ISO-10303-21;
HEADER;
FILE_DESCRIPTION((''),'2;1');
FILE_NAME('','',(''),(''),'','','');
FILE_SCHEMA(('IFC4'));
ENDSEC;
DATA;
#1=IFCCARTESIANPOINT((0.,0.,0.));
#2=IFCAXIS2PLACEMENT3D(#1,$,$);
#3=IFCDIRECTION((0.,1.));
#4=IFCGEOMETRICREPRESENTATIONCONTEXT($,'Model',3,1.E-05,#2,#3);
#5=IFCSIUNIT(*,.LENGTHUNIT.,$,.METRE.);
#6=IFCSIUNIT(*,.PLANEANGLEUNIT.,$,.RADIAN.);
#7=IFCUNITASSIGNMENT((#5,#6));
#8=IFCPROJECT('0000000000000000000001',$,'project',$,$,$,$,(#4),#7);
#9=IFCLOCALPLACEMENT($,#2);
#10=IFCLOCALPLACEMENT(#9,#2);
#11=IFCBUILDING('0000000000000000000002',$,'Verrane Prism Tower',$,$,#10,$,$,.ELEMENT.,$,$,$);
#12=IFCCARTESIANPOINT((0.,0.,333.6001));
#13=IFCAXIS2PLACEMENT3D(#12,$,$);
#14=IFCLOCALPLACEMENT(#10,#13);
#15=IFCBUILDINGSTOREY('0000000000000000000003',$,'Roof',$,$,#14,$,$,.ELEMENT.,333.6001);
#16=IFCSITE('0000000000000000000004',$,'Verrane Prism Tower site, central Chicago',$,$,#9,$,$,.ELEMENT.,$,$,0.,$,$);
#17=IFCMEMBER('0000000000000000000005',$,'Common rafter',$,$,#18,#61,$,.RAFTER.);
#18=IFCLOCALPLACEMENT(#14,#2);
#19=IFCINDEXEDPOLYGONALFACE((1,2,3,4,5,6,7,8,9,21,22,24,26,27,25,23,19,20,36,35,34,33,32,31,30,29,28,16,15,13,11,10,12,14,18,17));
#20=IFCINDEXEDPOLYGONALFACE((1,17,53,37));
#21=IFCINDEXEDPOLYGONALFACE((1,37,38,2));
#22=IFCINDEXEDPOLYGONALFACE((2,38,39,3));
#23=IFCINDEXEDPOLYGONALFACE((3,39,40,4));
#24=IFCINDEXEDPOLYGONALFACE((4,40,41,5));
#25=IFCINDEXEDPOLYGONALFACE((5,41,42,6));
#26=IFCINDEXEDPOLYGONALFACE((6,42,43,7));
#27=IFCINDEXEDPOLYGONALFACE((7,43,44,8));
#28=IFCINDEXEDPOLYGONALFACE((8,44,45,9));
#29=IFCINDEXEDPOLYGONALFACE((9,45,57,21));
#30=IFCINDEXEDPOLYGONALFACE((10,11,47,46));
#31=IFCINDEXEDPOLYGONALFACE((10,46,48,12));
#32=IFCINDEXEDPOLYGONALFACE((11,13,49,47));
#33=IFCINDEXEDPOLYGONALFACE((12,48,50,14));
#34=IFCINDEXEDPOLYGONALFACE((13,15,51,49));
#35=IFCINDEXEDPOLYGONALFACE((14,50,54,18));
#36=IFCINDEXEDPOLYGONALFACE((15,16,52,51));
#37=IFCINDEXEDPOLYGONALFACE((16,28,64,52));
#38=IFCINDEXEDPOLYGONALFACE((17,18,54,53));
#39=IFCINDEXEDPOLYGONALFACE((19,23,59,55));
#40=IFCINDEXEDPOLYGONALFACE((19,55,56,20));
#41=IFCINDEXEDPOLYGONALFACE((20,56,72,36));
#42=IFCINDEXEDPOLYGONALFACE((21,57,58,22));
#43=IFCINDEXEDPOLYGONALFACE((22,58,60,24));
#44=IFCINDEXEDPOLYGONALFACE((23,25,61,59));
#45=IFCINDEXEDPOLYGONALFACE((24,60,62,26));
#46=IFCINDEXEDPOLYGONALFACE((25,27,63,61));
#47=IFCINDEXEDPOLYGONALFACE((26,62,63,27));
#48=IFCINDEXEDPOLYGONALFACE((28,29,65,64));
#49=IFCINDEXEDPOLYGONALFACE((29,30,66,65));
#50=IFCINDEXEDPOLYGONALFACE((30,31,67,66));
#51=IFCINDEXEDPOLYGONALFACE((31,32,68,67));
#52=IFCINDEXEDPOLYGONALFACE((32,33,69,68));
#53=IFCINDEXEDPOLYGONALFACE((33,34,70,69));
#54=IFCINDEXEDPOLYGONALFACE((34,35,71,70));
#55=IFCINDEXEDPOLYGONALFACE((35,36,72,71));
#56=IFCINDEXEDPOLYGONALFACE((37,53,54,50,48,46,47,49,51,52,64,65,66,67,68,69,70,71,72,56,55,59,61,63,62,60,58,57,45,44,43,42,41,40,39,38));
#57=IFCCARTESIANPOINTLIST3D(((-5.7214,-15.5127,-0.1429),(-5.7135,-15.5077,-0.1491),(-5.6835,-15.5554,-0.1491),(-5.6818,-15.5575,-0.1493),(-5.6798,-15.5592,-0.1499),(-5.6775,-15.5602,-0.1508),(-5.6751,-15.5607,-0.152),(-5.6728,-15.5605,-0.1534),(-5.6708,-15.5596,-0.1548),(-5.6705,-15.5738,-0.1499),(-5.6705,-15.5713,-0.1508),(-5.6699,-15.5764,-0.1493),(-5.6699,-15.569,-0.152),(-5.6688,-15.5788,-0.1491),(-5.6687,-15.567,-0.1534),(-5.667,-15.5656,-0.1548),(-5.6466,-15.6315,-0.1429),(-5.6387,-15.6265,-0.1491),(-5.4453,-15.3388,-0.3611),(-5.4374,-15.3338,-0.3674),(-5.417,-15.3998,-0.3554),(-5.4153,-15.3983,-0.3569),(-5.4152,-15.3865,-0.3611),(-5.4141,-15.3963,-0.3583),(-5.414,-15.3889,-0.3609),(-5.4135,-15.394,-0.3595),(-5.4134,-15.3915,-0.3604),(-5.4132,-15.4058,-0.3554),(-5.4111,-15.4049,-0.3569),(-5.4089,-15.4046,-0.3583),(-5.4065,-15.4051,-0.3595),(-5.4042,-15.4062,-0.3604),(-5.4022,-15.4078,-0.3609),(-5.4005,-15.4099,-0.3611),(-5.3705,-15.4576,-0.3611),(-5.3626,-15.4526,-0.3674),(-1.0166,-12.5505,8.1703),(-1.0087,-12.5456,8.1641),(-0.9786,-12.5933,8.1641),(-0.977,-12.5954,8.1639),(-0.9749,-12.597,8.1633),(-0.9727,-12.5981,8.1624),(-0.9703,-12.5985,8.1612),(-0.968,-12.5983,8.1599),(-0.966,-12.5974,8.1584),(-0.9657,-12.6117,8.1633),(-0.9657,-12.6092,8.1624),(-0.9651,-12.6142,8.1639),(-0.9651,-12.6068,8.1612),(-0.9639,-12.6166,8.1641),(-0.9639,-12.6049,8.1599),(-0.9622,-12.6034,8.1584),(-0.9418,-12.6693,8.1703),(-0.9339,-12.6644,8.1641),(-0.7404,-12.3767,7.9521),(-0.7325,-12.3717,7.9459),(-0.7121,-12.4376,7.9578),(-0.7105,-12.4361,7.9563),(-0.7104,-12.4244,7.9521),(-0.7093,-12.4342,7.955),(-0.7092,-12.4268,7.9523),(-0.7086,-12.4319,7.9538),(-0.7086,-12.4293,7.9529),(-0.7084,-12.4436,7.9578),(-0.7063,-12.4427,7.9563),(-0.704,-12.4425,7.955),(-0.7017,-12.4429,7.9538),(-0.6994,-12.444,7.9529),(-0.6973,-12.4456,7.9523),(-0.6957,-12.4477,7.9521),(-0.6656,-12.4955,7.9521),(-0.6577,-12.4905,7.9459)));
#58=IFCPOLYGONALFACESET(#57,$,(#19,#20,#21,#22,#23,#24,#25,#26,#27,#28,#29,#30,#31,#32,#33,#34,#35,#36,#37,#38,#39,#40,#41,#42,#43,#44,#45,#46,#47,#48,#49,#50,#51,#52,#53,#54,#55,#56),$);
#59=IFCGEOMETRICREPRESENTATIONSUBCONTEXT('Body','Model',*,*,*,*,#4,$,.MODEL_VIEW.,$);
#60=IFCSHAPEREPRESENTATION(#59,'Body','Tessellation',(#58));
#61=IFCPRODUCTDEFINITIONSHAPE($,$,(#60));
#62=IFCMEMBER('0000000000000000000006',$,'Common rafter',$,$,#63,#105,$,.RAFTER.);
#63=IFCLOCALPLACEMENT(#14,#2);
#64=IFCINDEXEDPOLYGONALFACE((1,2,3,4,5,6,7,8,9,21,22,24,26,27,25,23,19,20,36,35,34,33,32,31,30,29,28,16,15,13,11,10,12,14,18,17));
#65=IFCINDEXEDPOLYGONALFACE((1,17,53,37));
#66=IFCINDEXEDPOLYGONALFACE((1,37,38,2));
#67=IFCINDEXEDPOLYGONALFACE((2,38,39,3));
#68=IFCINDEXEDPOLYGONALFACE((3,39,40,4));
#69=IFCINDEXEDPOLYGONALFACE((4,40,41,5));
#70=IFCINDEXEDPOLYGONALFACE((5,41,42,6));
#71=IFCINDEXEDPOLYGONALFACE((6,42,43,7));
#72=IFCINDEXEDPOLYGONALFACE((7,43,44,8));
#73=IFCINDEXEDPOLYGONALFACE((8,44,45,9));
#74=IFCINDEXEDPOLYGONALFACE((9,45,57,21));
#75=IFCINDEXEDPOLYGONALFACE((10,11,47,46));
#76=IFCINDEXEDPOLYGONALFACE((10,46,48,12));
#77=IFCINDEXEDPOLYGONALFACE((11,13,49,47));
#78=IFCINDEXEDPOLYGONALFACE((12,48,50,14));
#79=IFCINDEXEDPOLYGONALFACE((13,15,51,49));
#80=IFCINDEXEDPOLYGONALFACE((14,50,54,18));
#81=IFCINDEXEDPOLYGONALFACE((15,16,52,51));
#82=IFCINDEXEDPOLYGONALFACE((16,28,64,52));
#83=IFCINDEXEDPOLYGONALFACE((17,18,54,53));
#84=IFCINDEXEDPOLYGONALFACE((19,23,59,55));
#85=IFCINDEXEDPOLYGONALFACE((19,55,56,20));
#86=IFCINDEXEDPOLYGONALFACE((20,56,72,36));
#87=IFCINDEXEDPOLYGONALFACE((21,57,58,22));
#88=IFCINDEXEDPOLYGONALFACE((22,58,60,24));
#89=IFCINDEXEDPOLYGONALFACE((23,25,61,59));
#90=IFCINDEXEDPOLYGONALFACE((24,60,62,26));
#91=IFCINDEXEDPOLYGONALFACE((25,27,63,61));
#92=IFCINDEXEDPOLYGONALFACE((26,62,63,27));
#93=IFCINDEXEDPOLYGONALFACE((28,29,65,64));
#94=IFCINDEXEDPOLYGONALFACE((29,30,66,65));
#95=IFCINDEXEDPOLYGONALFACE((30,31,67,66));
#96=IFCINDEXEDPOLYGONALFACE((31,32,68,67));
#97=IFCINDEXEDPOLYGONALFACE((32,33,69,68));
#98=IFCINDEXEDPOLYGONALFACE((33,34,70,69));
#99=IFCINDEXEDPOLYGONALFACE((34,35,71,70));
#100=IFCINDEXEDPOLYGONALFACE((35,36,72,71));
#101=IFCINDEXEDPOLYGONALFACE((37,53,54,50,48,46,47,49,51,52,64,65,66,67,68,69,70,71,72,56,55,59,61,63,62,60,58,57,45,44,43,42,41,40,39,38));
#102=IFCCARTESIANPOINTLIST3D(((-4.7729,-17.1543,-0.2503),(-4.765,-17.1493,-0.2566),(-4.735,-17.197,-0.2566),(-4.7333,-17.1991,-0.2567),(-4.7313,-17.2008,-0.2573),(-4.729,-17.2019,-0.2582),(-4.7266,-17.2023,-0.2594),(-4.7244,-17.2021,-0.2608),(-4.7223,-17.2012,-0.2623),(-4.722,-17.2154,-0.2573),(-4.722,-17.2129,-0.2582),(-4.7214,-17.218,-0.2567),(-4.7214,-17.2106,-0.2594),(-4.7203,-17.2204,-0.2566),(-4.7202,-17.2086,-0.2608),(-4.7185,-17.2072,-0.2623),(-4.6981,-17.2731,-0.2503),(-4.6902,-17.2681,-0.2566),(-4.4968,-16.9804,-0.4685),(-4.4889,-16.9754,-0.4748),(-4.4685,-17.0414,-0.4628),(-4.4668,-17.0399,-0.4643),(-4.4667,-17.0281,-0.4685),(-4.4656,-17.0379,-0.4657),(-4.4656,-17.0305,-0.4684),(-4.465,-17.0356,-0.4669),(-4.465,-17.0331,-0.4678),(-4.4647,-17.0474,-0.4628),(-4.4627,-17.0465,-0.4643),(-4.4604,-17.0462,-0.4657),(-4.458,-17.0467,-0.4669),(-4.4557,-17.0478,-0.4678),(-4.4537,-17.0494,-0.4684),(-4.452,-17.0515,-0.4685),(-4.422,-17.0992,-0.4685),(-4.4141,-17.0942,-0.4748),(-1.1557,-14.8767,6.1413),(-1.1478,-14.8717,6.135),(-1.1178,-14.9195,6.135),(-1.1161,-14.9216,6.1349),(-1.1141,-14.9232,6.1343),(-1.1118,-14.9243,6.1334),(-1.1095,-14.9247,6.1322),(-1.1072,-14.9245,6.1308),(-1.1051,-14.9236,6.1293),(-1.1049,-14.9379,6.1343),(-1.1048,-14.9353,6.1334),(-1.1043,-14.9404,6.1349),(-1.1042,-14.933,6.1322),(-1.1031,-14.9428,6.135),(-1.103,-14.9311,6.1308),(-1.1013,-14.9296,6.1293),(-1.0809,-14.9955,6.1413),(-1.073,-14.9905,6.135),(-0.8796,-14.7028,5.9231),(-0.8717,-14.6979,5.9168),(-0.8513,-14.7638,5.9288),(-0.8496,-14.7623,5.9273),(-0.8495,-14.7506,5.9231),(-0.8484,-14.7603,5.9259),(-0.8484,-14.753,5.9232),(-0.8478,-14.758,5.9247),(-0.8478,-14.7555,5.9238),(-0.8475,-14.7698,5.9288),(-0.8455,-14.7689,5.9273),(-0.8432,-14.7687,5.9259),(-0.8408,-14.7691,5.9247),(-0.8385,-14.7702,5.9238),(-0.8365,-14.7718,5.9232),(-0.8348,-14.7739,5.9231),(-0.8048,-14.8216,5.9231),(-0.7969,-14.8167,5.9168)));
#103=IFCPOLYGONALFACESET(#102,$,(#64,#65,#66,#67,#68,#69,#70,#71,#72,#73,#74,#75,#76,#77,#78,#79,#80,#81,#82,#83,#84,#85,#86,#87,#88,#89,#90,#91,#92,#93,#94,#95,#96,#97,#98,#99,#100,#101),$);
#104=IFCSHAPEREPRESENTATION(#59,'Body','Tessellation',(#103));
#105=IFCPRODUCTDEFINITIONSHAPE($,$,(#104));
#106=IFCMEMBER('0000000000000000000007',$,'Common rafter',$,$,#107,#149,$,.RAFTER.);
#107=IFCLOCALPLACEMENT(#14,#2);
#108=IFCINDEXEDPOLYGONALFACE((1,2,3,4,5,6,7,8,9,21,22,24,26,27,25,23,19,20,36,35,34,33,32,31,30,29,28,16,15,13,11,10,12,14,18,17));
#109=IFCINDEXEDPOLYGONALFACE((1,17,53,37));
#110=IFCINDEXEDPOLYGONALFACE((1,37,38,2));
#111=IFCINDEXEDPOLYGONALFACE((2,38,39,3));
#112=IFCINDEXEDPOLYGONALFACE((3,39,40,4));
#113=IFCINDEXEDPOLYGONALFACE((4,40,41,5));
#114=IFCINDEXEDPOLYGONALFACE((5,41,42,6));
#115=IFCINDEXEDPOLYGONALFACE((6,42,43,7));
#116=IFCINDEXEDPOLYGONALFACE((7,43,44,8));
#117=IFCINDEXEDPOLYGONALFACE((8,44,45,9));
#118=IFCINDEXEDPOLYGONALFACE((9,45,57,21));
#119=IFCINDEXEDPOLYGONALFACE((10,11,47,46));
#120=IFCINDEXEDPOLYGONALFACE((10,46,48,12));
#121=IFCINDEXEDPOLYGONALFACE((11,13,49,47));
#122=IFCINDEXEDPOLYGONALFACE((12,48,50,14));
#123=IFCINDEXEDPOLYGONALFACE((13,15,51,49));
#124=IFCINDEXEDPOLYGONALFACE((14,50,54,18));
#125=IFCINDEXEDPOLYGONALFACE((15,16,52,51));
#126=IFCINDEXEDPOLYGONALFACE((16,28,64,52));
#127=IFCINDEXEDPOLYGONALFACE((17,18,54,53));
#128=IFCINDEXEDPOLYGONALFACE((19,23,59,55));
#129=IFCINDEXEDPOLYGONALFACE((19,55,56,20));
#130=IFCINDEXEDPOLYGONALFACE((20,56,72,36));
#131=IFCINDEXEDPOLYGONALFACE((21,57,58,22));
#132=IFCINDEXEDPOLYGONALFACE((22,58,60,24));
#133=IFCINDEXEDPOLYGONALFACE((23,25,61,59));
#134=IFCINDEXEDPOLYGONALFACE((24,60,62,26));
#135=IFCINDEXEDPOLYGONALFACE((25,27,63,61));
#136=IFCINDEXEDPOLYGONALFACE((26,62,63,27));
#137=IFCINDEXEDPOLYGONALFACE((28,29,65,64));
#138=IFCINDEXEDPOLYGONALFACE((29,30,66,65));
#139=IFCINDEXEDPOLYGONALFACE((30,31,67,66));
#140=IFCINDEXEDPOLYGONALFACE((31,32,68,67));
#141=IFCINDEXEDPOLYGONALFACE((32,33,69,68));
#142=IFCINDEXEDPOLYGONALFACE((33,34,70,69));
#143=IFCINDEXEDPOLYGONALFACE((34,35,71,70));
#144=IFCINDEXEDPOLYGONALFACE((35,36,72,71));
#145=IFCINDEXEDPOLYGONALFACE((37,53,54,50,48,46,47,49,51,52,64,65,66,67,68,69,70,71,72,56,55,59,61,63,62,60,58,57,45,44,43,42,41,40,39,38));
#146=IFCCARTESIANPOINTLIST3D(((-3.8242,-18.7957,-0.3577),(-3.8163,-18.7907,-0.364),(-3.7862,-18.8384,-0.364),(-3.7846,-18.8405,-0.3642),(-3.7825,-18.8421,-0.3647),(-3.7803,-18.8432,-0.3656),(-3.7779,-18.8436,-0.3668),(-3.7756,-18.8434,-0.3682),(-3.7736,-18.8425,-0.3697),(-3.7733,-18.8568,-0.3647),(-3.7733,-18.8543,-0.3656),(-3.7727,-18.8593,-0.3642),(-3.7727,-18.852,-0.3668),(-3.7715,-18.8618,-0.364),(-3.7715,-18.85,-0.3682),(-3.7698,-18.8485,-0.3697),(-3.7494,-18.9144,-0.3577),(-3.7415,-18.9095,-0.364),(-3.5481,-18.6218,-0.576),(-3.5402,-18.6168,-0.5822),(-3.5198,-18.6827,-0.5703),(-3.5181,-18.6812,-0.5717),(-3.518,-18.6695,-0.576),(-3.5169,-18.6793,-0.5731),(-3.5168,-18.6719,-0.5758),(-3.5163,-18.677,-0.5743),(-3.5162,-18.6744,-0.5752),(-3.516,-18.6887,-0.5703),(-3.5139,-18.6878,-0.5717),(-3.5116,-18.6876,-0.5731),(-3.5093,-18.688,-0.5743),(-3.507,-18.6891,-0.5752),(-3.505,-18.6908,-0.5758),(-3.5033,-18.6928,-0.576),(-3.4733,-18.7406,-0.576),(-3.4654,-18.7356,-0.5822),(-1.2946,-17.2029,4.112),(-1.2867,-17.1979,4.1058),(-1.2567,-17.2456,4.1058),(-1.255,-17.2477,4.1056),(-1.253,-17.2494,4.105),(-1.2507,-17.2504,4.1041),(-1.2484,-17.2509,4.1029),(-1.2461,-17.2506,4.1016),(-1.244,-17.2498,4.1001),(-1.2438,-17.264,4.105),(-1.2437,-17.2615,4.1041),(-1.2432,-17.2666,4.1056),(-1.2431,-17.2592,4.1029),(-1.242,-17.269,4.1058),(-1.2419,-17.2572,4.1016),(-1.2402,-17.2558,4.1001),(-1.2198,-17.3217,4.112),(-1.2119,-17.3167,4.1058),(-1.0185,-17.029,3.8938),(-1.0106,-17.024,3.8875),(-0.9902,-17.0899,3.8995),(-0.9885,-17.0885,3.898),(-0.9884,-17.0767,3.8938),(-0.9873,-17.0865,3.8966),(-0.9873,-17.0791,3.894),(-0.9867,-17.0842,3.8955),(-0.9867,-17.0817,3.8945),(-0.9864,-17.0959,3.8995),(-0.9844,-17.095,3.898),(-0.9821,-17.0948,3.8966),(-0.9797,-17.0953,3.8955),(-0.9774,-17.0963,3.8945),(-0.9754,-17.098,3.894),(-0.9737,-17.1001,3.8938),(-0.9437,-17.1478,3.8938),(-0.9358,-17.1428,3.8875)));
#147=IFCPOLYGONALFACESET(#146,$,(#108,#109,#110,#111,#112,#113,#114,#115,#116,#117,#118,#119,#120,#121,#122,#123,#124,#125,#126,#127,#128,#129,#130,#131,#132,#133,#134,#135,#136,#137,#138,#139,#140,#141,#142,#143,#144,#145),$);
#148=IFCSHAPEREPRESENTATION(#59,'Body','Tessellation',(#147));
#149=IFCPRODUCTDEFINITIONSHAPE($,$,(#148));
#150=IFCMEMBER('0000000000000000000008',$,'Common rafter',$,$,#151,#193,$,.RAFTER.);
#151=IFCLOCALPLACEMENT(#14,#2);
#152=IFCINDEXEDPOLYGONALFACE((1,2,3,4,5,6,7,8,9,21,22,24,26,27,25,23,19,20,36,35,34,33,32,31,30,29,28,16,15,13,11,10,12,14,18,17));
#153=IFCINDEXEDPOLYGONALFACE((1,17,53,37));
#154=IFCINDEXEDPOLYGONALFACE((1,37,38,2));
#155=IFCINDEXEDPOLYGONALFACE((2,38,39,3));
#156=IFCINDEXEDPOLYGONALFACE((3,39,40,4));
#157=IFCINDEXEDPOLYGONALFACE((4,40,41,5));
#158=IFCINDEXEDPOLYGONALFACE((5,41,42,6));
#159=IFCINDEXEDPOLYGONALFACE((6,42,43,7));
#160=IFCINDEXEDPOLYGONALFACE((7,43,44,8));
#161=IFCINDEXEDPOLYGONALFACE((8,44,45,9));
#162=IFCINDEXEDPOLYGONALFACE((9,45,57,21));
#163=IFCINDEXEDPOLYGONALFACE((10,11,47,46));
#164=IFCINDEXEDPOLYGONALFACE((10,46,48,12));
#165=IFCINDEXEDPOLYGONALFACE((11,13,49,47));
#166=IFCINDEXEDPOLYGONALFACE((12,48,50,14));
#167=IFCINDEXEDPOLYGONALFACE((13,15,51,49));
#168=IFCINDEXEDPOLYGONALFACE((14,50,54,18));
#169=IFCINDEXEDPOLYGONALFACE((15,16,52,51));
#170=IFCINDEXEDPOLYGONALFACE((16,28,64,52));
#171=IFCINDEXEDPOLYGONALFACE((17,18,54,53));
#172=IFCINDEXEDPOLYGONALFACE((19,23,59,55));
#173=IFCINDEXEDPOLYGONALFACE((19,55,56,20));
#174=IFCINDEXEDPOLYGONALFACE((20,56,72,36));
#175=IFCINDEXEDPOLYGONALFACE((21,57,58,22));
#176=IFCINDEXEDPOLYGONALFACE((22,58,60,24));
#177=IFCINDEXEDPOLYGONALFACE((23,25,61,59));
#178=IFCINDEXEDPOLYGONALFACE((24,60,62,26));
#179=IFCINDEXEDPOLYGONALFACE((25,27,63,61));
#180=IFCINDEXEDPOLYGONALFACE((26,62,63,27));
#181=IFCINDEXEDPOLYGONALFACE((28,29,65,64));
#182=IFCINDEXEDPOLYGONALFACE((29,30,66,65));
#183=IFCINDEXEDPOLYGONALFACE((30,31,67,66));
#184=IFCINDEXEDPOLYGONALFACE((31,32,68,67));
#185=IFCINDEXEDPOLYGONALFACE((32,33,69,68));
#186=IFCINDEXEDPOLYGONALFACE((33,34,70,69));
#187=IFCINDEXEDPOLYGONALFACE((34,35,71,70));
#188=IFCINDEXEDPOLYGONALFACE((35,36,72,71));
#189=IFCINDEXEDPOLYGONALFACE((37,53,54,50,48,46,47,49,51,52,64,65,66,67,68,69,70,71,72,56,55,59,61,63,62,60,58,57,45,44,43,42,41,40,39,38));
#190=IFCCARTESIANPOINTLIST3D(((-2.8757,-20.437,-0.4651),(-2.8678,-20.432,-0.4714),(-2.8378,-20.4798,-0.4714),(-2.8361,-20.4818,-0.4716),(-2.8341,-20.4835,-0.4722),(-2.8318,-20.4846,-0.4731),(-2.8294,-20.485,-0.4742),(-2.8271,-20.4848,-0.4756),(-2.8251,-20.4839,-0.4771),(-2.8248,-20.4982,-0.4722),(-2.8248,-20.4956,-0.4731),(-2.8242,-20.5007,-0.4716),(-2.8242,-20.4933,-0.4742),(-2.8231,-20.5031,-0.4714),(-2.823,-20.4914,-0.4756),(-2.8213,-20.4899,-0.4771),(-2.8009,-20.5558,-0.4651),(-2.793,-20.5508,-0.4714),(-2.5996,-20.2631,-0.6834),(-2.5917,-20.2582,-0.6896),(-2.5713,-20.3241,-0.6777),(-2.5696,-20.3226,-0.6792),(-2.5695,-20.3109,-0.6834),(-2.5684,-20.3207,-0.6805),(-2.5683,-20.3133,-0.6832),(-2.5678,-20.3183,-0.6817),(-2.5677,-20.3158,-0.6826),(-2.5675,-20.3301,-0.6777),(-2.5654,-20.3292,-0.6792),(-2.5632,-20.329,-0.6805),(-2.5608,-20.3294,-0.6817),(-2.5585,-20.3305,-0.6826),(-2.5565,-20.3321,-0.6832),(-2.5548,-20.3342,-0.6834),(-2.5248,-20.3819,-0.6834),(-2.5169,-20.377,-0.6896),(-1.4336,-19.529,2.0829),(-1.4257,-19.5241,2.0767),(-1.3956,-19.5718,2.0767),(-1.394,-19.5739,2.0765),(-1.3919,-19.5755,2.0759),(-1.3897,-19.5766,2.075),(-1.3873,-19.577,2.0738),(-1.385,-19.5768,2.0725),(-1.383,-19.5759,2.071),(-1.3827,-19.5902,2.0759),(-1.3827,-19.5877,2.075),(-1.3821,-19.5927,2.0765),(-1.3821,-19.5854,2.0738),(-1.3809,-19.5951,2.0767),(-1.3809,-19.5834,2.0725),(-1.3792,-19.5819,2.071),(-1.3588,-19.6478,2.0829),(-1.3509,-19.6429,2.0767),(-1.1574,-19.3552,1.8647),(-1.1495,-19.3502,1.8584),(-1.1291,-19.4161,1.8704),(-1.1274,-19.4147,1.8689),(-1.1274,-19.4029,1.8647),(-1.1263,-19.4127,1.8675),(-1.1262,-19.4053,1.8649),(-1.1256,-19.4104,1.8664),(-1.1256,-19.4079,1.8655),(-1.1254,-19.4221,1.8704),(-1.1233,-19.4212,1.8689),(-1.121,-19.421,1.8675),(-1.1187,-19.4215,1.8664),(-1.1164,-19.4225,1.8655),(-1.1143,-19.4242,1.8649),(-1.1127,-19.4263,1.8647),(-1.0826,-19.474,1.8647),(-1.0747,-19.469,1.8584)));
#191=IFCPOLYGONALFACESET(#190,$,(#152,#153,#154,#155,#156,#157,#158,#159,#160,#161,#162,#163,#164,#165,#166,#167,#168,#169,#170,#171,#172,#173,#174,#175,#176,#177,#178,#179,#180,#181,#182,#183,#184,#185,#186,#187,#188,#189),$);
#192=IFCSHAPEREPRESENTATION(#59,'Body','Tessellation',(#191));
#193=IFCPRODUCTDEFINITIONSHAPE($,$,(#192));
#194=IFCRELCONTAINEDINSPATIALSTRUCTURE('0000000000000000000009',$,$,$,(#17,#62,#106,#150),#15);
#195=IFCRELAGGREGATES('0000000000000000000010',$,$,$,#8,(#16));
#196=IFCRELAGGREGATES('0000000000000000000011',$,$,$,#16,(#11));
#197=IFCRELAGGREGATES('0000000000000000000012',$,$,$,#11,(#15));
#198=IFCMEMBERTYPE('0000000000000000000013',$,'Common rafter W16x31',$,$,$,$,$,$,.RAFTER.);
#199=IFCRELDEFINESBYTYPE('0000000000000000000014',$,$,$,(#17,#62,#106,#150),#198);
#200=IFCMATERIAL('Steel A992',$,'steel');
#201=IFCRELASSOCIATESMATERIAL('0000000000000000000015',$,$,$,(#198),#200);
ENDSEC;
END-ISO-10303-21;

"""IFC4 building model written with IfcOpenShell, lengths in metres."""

from ifc_helpers import new_model, si_unit, direction, frame, origin, origin_2d, place, context, subcontext, project, spatial, i_section, extrude, material, material_profile, profile_set, type_object, element, save


model = new_model("IFC4")

# Units and contexts
model_context = context("Model", 3, precision=1e-05, world=origin(), true_north=direction((0.0, 1.0)))
body_context = subcontext(model_context, "Body", "Model", "MODEL_VIEW")
ifc_project = project(units=[si_unit("LENGTHUNIT", "METRE"), si_unit("PLANEANGLEUNIT", "RADIAN")], contexts=[model_context])

# Site, building, storey
site_placement = place(None, origin())
site = spatial("IfcSite", under=ifc_project, at=site_placement, Name="Verrane Prism Tower site, central Chicago", CompositionType="ELEMENT", RefElevation=0.0)
building_placement = place(site_placement, origin())
building = spatial("IfcBuilding", under=site, at=building_placement, Name="Verrane Prism Tower", CompositionType="ELEMENT")
storey_placement = place(building_placement, frame((0.0, 0.0, 333.6001)))
storey = spatial("IfcBuildingStorey", under=building, at=storey_placement, Name="Roof", CompositionType="ELEMENT", Elevation=333.6001)

# Members
ifc_material_1 = material(Name="Steel A992", Category="steel")
ifc_material_profile_1 = material_profile(ifc_material_1, i_section(OverallWidth=0.1404, OverallDepth=0.4038, WebThickness=0.0071, FlangeThickness=0.0112, FilletRadius=0.0103, at=origin_2d()), Name="W16x31")
ifc_profile_set_1 = profile_set([ifc_material_profile_1], Name="Steel A992")
member_type_1 = type_object("IfcMemberType", Name="Common rafter W16x31", PredefinedType="RAFTER", material=ifc_profile_set_1)
member_1_placement = place(storey_placement, frame((-5.542, -15.4827, -0.2551), z_axis=(0.470437, 0.296187, 0.831241), x_axis=(-0.532795, 0.846245, 0.0)))
element("IfcMember", 1, at=member_1_placement, inside=storey, type_object=member_type_1, Name="Common rafter", PredefinedType="RAFTER", context=body_context, shape_type="SweptSolid", body=[
    extrude(i_section(OverallWidth=0.1404, OverallDepth=0.4038, WebThickness=0.0071, FlangeThickness=0.0112, FilletRadius=0.0103, at=origin_2d()), origin(), (0.0, 0.0, 1.0), 10.001),
])
member_2_placement = place(storey_placement, frame((-4.5935, -17.1243, -0.3625), z_axis=(0.470424, 0.296206, 0.831242), x_axis=(-0.53283, 0.846222, 0.0)))
element("IfcMember", 2, at=member_2_placement, inside=storey, type_object=member_type_1, Name="Common rafter", PredefinedType="RAFTER", context=body_context, shape_type="SweptSolid", body=[
    extrude(i_section(OverallWidth=0.1404, OverallDepth=0.4038, WebThickness=0.0071, FlangeThickness=0.0112, FilletRadius=0.0103, at=origin_2d()), origin(), (0.0, 0.0, 1.0), 7.6892),
])
member_3_placement = place(storey_placement, frame((-3.6448, -18.7656, -0.47), z_axis=(0.470422, 0.29621, 0.831241), x_axis=(-0.532837, 0.846218, 0.0)))
element("IfcMember", 3, at=member_3_placement, inside=storey, type_object=member_type_1, Name="Common rafter", PredefinedType="RAFTER", context=body_context, shape_type="SweptSolid", body=[
    extrude(i_section(OverallWidth=0.1404, OverallDepth=0.4038, WebThickness=0.0071, FlangeThickness=0.0112, FilletRadius=0.0103, at=origin_2d()), origin(), (0.0, 0.0, 1.0), 5.3772),
])
member_4_placement = place(storey_placement, frame((-2.6963, -20.407, -0.5774), z_axis=(0.47045, 0.296192, 0.831232), x_axis=(-0.53279, 0.846247, 0.0)))
element("IfcMember", 4, at=member_4_placement, inside=storey, type_object=member_type_1, Name="Common rafter", PredefinedType="RAFTER", context=body_context, shape_type="SweptSolid", body=[
    extrude(i_section(OverallWidth=0.1404, OverallDepth=0.4038, WebThickness=0.0071, FlangeThickness=0.0112, FilletRadius=0.0103, at=origin_2d()), origin(), (0.0, 0.0, 1.0), 3.0654),
])

save(model, "model.ifc")
